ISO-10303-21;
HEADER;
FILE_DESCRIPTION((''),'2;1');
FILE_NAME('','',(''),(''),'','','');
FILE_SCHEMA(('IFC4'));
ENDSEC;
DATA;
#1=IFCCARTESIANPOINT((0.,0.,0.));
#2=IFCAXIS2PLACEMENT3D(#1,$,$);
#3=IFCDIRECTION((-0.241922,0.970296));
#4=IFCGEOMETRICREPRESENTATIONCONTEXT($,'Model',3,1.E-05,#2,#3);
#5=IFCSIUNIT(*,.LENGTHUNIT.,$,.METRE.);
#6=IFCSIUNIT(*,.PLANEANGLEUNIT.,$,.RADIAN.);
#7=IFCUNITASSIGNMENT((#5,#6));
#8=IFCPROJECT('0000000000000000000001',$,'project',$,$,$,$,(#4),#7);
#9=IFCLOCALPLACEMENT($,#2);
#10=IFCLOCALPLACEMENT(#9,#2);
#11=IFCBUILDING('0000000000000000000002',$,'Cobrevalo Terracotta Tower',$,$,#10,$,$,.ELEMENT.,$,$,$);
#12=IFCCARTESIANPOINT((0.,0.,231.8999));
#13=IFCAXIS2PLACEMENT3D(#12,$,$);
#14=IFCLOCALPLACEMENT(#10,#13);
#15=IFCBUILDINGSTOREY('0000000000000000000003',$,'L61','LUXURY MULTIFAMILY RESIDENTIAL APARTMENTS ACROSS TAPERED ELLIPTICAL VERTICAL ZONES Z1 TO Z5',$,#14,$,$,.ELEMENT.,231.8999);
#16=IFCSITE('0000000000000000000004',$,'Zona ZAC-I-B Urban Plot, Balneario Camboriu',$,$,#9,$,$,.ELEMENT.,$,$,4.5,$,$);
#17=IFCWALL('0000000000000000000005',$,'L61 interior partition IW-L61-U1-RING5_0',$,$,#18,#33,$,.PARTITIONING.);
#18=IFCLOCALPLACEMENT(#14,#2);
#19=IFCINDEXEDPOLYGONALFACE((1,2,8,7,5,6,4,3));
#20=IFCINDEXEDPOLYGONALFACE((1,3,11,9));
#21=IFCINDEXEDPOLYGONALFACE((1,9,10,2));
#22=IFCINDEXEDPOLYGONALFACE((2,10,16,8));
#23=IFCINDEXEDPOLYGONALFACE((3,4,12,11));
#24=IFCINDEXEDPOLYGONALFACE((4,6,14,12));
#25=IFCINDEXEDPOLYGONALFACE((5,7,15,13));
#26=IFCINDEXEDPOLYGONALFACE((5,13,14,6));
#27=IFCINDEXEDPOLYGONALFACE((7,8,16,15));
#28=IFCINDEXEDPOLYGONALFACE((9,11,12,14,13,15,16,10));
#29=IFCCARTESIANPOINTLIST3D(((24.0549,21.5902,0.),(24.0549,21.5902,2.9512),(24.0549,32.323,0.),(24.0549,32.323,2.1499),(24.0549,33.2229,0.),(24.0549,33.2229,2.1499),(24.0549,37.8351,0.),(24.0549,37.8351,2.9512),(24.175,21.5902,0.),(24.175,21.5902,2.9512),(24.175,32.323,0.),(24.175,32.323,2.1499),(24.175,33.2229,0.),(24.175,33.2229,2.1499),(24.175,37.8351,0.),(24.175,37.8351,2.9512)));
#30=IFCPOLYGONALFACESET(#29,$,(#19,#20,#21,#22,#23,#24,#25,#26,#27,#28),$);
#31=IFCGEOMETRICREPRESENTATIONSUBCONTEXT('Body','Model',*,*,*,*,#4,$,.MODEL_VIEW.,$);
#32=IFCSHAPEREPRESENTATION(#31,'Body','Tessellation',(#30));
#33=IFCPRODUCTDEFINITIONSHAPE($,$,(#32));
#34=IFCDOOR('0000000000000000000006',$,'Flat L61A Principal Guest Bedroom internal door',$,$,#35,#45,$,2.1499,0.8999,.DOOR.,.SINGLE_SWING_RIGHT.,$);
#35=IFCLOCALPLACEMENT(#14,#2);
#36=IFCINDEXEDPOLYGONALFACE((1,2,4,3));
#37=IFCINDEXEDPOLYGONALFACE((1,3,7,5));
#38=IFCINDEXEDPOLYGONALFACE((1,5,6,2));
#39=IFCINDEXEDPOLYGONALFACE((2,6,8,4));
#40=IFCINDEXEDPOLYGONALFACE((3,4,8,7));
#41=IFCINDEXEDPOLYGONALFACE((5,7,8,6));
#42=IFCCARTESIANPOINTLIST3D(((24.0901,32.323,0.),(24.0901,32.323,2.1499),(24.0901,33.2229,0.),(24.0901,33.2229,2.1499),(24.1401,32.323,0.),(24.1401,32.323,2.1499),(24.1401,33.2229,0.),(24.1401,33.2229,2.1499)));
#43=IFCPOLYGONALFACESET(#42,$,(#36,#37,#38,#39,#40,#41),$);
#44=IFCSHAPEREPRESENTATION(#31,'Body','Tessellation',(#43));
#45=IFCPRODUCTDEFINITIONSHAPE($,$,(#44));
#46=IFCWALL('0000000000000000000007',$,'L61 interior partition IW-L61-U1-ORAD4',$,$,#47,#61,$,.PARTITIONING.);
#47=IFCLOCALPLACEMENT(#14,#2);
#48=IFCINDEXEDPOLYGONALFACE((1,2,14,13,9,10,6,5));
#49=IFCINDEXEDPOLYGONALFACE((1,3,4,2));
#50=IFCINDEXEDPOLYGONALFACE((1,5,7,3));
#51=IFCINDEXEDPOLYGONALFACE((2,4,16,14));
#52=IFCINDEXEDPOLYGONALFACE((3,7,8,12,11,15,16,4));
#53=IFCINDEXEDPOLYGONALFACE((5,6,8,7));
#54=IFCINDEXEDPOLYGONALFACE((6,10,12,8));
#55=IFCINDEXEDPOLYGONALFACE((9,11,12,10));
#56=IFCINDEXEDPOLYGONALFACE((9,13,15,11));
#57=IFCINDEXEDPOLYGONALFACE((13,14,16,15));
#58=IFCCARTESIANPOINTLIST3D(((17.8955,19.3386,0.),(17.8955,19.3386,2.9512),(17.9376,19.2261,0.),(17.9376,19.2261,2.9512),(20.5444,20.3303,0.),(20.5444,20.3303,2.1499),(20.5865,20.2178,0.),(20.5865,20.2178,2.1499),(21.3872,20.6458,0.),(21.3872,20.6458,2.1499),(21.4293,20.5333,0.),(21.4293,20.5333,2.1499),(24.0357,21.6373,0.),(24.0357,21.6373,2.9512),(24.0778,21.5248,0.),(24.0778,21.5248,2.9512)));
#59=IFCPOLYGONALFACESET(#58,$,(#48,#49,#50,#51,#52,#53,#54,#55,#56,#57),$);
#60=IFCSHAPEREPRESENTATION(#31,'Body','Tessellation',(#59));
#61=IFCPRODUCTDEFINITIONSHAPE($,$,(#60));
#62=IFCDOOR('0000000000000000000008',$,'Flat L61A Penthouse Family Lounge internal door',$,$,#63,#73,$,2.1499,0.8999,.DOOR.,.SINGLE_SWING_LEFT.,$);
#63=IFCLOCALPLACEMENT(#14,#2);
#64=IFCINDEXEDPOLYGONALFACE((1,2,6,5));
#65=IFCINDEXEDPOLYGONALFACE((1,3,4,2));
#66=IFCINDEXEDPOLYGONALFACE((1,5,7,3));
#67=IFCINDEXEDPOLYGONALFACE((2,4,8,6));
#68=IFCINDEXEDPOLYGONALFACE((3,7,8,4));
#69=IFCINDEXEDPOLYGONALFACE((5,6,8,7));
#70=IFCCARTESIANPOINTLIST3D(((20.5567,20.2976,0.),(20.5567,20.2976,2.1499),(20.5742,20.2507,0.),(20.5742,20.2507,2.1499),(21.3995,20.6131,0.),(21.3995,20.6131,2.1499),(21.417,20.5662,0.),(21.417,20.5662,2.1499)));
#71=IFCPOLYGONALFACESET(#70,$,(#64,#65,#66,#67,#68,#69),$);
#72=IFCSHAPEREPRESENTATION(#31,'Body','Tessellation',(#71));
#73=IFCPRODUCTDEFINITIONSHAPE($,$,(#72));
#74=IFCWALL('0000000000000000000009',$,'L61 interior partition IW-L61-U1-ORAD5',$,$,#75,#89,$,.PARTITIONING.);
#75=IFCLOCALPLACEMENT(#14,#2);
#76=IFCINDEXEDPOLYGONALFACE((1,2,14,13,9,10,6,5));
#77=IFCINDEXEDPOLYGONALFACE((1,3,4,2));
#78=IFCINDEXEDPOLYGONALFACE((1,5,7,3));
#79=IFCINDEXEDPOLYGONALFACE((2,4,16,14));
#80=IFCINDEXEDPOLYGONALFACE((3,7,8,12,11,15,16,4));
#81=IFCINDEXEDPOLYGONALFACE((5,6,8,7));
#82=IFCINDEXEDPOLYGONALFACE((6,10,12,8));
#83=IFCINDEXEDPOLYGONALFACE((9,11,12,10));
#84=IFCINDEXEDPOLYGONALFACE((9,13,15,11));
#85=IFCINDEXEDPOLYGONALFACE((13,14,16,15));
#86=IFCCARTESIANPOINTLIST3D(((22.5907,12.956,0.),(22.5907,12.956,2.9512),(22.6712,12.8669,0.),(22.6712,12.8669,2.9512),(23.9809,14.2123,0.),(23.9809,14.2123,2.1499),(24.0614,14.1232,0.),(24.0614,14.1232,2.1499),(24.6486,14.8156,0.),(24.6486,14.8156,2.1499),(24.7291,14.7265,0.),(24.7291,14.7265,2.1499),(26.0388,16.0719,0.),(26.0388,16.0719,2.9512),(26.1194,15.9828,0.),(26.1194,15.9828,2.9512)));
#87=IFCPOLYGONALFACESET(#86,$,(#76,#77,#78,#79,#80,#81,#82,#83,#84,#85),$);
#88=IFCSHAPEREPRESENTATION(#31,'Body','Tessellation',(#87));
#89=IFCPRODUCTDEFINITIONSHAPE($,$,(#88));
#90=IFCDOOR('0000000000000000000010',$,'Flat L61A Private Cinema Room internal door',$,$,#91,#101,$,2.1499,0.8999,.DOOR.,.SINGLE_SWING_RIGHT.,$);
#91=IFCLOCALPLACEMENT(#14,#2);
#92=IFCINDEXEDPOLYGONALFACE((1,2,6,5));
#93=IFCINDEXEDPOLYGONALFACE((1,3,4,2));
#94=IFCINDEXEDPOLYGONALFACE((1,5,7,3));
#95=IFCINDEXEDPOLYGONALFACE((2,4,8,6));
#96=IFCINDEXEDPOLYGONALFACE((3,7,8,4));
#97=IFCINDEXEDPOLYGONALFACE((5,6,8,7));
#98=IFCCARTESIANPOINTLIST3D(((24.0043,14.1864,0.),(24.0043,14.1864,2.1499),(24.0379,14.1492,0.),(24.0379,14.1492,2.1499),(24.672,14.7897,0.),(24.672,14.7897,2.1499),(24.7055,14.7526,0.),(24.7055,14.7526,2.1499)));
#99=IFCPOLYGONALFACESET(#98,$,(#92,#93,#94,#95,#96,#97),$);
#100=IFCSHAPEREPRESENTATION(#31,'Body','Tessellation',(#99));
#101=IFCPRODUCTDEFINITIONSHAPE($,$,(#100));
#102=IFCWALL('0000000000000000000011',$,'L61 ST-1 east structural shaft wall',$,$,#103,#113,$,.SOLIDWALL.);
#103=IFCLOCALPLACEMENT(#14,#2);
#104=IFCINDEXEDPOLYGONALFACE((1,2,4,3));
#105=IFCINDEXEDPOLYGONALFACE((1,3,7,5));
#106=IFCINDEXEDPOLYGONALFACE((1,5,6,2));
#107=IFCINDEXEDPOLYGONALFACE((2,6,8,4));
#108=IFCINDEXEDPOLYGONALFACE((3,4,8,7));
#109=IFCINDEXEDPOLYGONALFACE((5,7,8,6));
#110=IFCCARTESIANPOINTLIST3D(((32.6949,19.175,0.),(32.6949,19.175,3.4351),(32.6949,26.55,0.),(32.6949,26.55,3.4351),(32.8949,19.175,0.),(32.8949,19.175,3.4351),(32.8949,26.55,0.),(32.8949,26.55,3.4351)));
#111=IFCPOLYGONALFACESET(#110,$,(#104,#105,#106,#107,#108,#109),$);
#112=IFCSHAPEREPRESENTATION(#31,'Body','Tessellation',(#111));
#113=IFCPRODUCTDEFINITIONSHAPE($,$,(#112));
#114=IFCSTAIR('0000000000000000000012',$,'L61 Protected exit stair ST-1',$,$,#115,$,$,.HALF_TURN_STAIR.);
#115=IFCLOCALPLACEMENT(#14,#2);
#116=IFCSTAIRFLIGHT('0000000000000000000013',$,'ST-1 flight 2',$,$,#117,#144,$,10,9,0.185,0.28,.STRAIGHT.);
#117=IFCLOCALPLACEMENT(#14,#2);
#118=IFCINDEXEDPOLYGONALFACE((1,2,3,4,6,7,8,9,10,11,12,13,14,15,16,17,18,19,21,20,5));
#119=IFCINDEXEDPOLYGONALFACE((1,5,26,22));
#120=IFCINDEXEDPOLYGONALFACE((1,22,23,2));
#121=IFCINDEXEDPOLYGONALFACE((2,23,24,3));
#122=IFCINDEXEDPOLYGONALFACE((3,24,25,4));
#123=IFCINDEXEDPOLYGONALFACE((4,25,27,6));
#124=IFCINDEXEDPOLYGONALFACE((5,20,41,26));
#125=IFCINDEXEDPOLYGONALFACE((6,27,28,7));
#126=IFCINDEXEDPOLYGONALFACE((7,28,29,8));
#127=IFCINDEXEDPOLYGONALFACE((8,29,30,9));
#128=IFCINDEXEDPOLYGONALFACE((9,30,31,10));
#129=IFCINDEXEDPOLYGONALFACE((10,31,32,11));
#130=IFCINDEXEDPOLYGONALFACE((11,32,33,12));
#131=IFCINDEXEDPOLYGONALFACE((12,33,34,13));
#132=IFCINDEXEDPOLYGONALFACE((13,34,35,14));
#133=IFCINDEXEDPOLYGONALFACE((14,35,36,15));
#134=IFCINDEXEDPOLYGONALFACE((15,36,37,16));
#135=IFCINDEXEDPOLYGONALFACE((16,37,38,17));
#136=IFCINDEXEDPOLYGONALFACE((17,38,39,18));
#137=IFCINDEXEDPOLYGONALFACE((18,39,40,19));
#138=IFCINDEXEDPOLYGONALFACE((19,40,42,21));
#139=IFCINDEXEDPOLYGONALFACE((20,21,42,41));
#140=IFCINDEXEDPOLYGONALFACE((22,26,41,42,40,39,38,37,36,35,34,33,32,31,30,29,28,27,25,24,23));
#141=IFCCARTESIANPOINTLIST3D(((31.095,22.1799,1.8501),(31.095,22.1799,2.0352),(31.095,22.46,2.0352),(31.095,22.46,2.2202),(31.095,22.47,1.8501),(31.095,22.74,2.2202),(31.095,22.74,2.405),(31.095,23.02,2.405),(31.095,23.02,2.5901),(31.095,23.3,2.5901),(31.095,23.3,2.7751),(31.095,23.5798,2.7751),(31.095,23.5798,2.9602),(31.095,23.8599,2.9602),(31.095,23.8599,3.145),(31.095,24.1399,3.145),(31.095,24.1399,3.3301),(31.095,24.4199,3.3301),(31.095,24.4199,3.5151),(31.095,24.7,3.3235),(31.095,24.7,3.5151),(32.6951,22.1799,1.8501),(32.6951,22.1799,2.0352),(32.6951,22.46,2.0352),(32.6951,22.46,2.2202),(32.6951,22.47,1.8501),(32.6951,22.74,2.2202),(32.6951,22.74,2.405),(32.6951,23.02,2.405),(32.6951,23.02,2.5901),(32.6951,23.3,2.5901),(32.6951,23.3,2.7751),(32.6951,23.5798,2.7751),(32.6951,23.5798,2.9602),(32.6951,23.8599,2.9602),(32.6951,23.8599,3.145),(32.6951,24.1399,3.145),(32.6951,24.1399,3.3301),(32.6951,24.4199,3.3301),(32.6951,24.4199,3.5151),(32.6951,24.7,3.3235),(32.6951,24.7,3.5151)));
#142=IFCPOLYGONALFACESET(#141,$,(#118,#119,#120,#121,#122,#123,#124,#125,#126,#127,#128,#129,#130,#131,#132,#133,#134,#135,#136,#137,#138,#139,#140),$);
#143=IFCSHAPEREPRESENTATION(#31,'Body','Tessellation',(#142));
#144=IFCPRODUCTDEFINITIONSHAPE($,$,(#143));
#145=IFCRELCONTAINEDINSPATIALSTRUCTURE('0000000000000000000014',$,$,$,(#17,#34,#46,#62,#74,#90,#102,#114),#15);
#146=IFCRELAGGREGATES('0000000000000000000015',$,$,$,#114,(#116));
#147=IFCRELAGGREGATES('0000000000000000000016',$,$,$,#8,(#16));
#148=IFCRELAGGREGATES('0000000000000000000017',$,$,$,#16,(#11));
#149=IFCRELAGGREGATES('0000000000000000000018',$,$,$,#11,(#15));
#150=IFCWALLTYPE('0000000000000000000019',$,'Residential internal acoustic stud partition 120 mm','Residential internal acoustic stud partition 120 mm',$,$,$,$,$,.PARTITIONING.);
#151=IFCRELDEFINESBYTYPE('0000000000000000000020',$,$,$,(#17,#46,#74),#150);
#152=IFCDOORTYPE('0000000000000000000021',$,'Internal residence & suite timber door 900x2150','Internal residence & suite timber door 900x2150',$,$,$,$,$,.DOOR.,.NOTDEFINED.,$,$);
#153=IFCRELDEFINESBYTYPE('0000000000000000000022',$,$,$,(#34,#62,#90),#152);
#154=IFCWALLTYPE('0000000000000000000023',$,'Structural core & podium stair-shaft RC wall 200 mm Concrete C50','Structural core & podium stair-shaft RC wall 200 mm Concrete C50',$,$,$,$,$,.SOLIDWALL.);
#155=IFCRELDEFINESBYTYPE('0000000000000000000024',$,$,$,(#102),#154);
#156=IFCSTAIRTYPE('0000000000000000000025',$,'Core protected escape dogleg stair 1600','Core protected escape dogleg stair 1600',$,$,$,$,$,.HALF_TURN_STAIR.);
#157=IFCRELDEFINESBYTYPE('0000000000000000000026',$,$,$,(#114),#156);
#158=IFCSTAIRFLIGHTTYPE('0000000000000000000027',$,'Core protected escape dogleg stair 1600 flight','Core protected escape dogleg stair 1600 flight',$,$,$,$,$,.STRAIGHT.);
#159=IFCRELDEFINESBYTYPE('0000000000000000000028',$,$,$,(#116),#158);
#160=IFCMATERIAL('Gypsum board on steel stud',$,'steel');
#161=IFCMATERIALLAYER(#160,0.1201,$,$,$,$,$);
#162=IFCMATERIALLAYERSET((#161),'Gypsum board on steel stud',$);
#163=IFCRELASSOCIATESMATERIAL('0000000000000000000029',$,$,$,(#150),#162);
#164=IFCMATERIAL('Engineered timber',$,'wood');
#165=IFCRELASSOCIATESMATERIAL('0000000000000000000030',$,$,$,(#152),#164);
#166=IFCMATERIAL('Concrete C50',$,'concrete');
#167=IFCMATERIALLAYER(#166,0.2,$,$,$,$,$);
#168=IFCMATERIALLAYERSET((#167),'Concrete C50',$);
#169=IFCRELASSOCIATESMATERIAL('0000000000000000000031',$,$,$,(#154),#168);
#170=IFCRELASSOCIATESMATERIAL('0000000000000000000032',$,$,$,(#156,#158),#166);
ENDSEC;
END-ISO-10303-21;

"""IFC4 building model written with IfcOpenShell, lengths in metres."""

from ifc_helpers import new_model, si_unit, direction, frame, frame_2d, origin, place, context, subcontext, project, spatial, polyline, rectangle, outline, extrude, source, transform, mapped, material, layer, layer_set, type_object, element, fill, aggregate, save


model = new_model("IFC4")

# Units and contexts
model_context = context("Model", 3, precision=1e-05, world=origin(), true_north=direction((-0.241922, 0.970296)))
body_context = subcontext(model_context, "Body", "Model", "MODEL_VIEW")
ifc_project = project(units=[si_unit("LENGTHUNIT", "METRE"), si_unit("PLANEANGLEUNIT", "RADIAN")], contexts=[model_context])

# Site, building, storey
site_placement = place(None, origin())
site = spatial("IfcSite", under=ifc_project, at=site_placement, Name="Zona ZAC-I-B Urban Plot, Balneario Camboriu", CompositionType="ELEMENT", RefElevation=4.5)
building_placement = place(site_placement, origin())
building = spatial("IfcBuilding", under=site, at=building_placement, Name="Cobrevalo Terracotta Tower", CompositionType="ELEMENT")
storey_placement = place(building_placement, frame((0.0, 0.0, 231.8999)))
storey = spatial("IfcBuildingStorey", under=building, at=storey_placement, Name="L61", Description="LUXURY MULTIFAMILY RESIDENTIAL APARTMENTS ACROSS TAPERED ELLIPTICAL VERTICAL ZONES Z1 TO Z5", CompositionType="ELEMENT", Elevation=231.8999)

# Shared definitions
ifc_material_1 = material(Name="Concrete C50", Category="concrete")

# Shared definitions
ifc_material_2 = material(Name="Gypsum board on steel stud", Category="steel")
ifc_layer_1 = layer(ifc_material_2, 0.1201)
ifc_layer_set_1 = layer_set([ifc_layer_1], Name="Gypsum board on steel stud")
wall_type_1 = type_object("IfcWallType", Name="Residential internal acoustic stud partition 120 mm", Description="Residential internal acoustic stud partition 120 mm", PredefinedType="PARTITIONING", material=ifc_layer_set_1)

# Walls, openings, doors
wall_1_placement = place(storey_placement, frame((24.115, 21.5901, 0.0), z_axis=(0.0, 0.0, 1.0), x_axis=(0.0, 1.0, 0.0)))
wall_1 = element("IfcWall", 1, at=wall_1_placement, inside=storey, type_object=wall_type_1, Name="L61 interior partition IW-L61-U1-RING5_0", PredefinedType="PARTITIONING", context=body_context, shape_type="SweptSolid", body=[
    extrude(rectangle(XDim=16.2449, YDim=0.1201, at=frame_2d((8.1226, 0.0))), origin(), (0.0, 0.0, 1.0), 2.9512),
])
opening_1_placement = place(wall_1_placement, frame((10.7329, 0.0, 0.0)))
opening_1 = element("IfcOpeningElement", 2, at=opening_1_placement, cuts=wall_1, PredefinedType="OPENING", context=body_context, shape_type="SweptSolid", body=[
    extrude(rectangle(XDim=0.8999, YDim=2.1499, at=frame_2d((0.45, 1.075))), frame((0.0, 0.0701, 0.0), z_axis=(0.0, -1.0, 0.0), x_axis=(1.0, 0.0, 0.0)), (0.0, 0.0, 1.0), 0.1401),
])
ifc_material_3 = material(Name="Engineered timber", Category="wood")
door_type_1 = type_object("IfcDoorType", Name="Internal residence & suite timber door 900x2150", Description="Internal residence & suite timber door 900x2150", OperationType="NOTDEFINED", PredefinedType="DOOR", material=ifc_material_3)
shared_shape_1 = source(origin(), body_context, "Body", "SweptSolid", [
    extrude(rectangle(XDim=0.8999, YDim=2.1499, at=frame_2d((0.45, 1.075))), frame((0.0, 0.0249, 0.0), z_axis=(0.0, -1.0, 0.0), x_axis=(1.0, 0.0, 0.0)), (0.0, 0.0, 1.0), 0.05),
])
door_1_placement = place(opening_1_placement, origin())
door_1 = element("IfcDoor", 3, at=door_1_placement, inside=storey, type_object=door_type_1, Name="Flat L61A Principal Guest Bedroom internal door", OperationType="SINGLE_SWING_RIGHT", OverallHeight=2.1499, OverallWidth=0.8999, PredefinedType="DOOR", context=body_context, shape_type="MappedRepresentation", body=[
    mapped(shared_shape_1, transform((0.0, 0.0, 0.0), scale=1.0)),
])
fill(opening_1, door_1)
wall_2_placement = place(storey_placement, frame((24.0569, 21.5811, 0.0), z_axis=(0.0, 0.0, 1.0), x_axis=(-0.936528, -0.350593, 0.0)))
wall_2 = element("IfcWall", 4, at=wall_2_placement, inside=storey, type_object=wall_type_1, Name="L61 interior partition IW-L61-U1-ORAD4", PredefinedType="PARTITIONING", context=body_context, shape_type="SweptSolid", body=[
    extrude(rectangle(XDim=6.5564, YDim=0.1201, at=frame_2d((3.2783, 0.0))), origin(), (0.0, 0.0, 1.0), 2.9512),
])
opening_2_placement = place(wall_2_placement, frame((2.8281, 0.0, 0.0)))
opening_2 = element("IfcOpeningElement", 5, at=opening_2_placement, cuts=wall_2, PredefinedType="OPENING", context=body_context, shape_type="SweptSolid", body=[
    extrude(rectangle(XDim=0.8999, YDim=2.1499, at=frame_2d((0.45, 1.075))), frame((0.0, 0.0701, 0.0), z_axis=(0.0, -1.0, 0.0), x_axis=(1.0, 0.0, 0.0)), (0.0, 0.0, 1.0), 0.1401),
])
door_2_placement = place(opening_2_placement, origin())
door_2 = element("IfcDoor", 6, at=door_2_placement, inside=storey, type_object=door_type_1, Name="Flat L61A Penthouse Family Lounge internal door", OperationType="SINGLE_SWING_LEFT", OverallHeight=2.1499, OverallWidth=0.8999, PredefinedType="DOOR", context=body_context, shape_type="MappedRepresentation", body=[
    mapped(shared_shape_1, transform((0.0, 0.0, 0.0), scale=1.0)),
])
fill(opening_2, door_2)
wall_3_placement = place(storey_placement, frame((26.0791, 16.0273, 0.0), z_axis=(0.0, 0.0, 1.0), x_axis=(-0.74195, -0.670455, 0.0)))
wall_3 = element("IfcWall", 7, at=wall_3_placement, inside=storey, type_object=wall_type_1, Name="L61 interior partition IW-L61-U1-ORAD5", PredefinedType="PARTITIONING", context=body_context, shape_type="SweptSolid", body=[
    extrude(rectangle(XDim=4.6475, YDim=0.1201, at=frame_2d((2.3237, 0.0))), origin(), (0.0, 0.0, 1.0), 2.9512),
])
opening_3_placement = place(wall_3_placement, frame((1.8738, 0.0, 0.0)))
opening_3 = element("IfcOpeningElement", 8, at=opening_3_placement, cuts=wall_3, PredefinedType="OPENING", context=body_context, shape_type="SweptSolid", body=[
    extrude(rectangle(XDim=0.8999, YDim=2.1499, at=frame_2d((0.45, 1.075))), frame((0.0, 0.0701, 0.0), z_axis=(0.0, -1.0, 0.0), x_axis=(1.0, 0.0, 0.0)), (0.0, 0.0, 1.0), 0.1401),
])
door_3_placement = place(opening_3_placement, origin())
door_3 = element("IfcDoor", 9, at=door_3_placement, inside=storey, type_object=door_type_1, Name="Flat L61A Private Cinema Room internal door", OperationType="SINGLE_SWING_RIGHT", OverallHeight=2.1499, OverallWidth=0.8999, PredefinedType="DOOR", context=body_context, shape_type="MappedRepresentation", body=[
    mapped(shared_shape_1, transform((0.0, 0.0, 0.0), scale=1.0)),
])
fill(opening_3, door_3)

# Wall
ifc_layer_2 = layer(ifc_material_1, 0.2)
ifc_layer_set_2 = layer_set([ifc_layer_2], Name="Concrete C50")
wall_type_2 = type_object("IfcWallType", Name="Structural core & podium stair-shaft RC wall 200 mm Concrete C50", Description="Structural core & podium stair-shaft RC wall 200 mm Concrete C50", PredefinedType="SOLIDWALL", material=ifc_layer_set_2)
wall_4_placement = place(storey_placement, frame((32.7949, 19.175, 0.0), z_axis=(0.0, 0.0, 1.0), x_axis=(0.0, 1.0, 0.0)))
element("IfcWall", 10, at=wall_4_placement, inside=storey, type_object=wall_type_2, Name="L61 ST-1 east structural shaft wall", PredefinedType="SOLIDWALL", context=body_context, shape_type="SweptSolid", body=[
    extrude(rectangle(XDim=7.375, YDim=0.2, at=frame_2d((3.6875, 0.0))), origin(), (0.0, 0.0, 1.0), 3.4351),
])

# Stair, stair flight
stair_type = type_object("IfcStairType", Name="Core protected escape dogleg stair 1600", Description="Core protected escape dogleg stair 1600", PredefinedType="HALF_TURN_STAIR", material=ifc_material_1)
stair_placement = place(storey_placement, origin())
stair = element("IfcStair", 11, at=stair_placement, inside=storey, type_object=stair_type, Name="L61 Protected exit stair ST-1", PredefinedType="HALF_TURN_STAIR")
stair_flight_type = type_object("IfcStairFlightType", Name="Core protected escape dogleg stair 1600 flight", Description="Core protected escape dogleg stair 1600 flight", PredefinedType="STRAIGHT", material=ifc_material_1)
stair_flight_placement = place(storey_placement, frame((31.895, 22.1799, 1.8501), z_axis=(0.0, 0.0, 1.0), x_axis=(0.0, 1.0, 0.0)))
stair_flight = element("IfcStairFlight", 12, at=stair_flight_placement, type_object=stair_flight_type, Name="ST-1 flight 2", NumberOfRisers=10, NumberOfTreads=9, PredefinedType="STRAIGHT", RiserHeight=0.185, TreadLength=0.28, context=body_context, shape_type="SweptSolid", body=[
    extrude(outline(polyline([(0.0, 0.0), (0.0, 0.1851), (0.28, 0.1851), (0.28, 0.3701), (0.5601, 0.3701), (0.5601, 0.5549), (0.8401, 0.5549), (0.8401, 0.74), (1.1201, 0.74), (1.1201, 0.925), (1.3999, 0.925), (1.3999, 1.1101), (1.6799, 1.1101), (1.6799, 1.2949), (1.96, 1.2949), (1.96, 1.48), (2.24, 1.48), (2.24, 1.665), (2.52, 1.665), (2.52, 1.8501), (2.52, 1.4734), (0.29, 0.0), (0.0, 0.0)])), frame((0.0, 0.8, 0.0), z_axis=(0.0, -1.0, 0.0), x_axis=(1.0, 0.0, 0.0)), (0.0, 0.0, 1.0), 1.6001),
])
aggregate(stair, [stair_flight])

save(model, "model.ifc")
